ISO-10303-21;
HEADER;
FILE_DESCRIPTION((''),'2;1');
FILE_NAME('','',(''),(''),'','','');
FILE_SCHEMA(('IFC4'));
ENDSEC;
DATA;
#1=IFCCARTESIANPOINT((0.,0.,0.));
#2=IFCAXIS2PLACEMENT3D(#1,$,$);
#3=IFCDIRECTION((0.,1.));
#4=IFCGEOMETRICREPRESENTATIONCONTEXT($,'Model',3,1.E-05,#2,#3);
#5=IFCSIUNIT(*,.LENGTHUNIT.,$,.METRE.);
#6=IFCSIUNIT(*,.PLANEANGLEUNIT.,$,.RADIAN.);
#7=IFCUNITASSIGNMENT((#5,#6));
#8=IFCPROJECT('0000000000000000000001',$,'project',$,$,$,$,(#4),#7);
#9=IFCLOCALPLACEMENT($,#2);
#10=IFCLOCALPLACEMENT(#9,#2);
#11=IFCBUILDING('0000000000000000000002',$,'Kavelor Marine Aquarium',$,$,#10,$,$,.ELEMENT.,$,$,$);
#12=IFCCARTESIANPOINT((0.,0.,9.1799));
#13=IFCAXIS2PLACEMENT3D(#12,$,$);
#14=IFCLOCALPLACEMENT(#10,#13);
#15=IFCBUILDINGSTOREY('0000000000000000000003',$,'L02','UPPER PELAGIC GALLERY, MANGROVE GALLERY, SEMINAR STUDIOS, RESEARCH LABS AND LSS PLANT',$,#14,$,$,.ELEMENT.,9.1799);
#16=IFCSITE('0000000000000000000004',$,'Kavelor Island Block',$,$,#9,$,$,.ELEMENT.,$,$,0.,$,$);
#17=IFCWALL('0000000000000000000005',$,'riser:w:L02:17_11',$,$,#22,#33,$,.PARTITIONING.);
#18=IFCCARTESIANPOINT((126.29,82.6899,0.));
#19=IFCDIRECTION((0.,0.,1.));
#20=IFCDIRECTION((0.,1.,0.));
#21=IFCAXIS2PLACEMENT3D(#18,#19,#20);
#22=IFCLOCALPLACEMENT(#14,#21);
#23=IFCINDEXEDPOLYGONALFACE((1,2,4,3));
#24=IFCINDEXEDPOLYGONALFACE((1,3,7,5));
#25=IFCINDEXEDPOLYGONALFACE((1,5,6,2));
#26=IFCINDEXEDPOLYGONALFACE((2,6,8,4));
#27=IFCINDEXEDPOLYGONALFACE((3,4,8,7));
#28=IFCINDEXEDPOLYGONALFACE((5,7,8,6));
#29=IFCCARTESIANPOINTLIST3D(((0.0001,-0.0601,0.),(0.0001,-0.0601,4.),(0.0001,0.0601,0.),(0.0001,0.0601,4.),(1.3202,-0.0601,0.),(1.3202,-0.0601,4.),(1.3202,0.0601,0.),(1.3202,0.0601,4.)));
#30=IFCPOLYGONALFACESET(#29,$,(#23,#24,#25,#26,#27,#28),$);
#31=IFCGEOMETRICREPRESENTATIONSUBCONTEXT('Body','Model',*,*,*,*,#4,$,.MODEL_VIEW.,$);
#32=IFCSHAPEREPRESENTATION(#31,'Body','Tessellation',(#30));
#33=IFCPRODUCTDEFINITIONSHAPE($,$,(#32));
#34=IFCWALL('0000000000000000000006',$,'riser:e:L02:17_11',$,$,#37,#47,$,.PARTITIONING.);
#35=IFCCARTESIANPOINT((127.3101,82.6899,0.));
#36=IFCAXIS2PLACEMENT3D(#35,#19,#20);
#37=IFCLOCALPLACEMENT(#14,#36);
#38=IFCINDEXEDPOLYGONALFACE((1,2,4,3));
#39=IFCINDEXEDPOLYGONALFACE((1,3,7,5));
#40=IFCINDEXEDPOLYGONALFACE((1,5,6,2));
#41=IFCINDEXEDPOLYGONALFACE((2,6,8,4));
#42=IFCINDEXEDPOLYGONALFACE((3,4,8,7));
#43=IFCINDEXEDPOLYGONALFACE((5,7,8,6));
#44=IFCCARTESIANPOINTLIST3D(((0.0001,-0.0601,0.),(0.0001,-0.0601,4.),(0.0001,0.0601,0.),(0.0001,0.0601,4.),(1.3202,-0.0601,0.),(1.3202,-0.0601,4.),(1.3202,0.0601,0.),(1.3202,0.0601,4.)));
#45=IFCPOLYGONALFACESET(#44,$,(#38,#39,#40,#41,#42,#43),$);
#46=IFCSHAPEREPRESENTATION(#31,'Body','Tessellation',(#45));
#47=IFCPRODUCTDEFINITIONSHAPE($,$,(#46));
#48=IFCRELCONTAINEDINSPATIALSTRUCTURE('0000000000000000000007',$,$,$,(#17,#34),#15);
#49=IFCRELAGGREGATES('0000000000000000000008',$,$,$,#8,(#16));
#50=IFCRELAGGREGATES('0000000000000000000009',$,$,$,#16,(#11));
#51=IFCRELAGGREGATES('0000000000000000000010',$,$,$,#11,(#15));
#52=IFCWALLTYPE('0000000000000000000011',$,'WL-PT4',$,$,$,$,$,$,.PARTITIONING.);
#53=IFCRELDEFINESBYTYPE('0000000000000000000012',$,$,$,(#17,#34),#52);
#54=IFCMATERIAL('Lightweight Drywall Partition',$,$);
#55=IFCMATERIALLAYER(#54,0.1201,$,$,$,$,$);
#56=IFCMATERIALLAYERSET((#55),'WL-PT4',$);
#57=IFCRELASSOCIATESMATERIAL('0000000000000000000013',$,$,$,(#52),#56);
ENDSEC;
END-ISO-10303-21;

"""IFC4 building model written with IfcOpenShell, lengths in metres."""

from ifc_helpers import new_model, si_unit, direction, frame, frame_2d, origin, place, context, subcontext, project, spatial, rectangle, extrude, material, layer, layer_set, type_object, element, save


model = new_model("IFC4")

# Units and contexts
model_context = context("Model", 3, precision=1e-05, world=origin(), true_north=direction((0.0, 1.0)))
body_context = subcontext(model_context, "Body", "Model", "MODEL_VIEW")
ifc_project = project(units=[si_unit("LENGTHUNIT", "METRE"), si_unit("PLANEANGLEUNIT", "RADIAN")], contexts=[model_context])

# Site, building, storey
site_placement = place(None, origin())
site = spatial("IfcSite", under=ifc_project, at=site_placement, Name="Kavelor Island Block", CompositionType="ELEMENT", RefElevation=0.0)
building_placement = place(site_placement, origin())
building = spatial("IfcBuilding", under=site, at=building_placement, Name="Kavelor Marine Aquarium", CompositionType="ELEMENT")
storey_placement = place(building_placement, frame((0.0, 0.0, 9.1799)))
storey = spatial("IfcBuildingStorey", under=building, at=storey_placement, Name="L02", Description="UPPER PELAGIC GALLERY, MANGROVE GALLERY, SEMINAR STUDIOS, RESEARCH LABS AND LSS PLANT", CompositionType="ELEMENT", Elevation=9.1799)

# Walls
ifc_material_1 = material(Name="Lightweight Drywall Partition")
ifc_layer_1 = layer(ifc_material_1, 0.1201)
ifc_layer_set_1 = layer_set([ifc_layer_1], Name="WL-PT4")
wall_type_1 = type_object("IfcWallType", Name="WL-PT4", PredefinedType="PARTITIONING", material=ifc_layer_set_1)
for number, where, z_axis, x_axis, name in (
    (1, (126.29, 82.6899, 0.0), (0.0, 0.0, 1.0), (0.0, 1.0, 0.0), "riser:w:L02:17_11"),
    (2, (127.3101, 82.6899, 0.0), (0.0, 0.0, 1.0), (0.0, 1.0, 0.0), "riser:e:L02:17_11"),
):
    element("IfcWall", number, at=place(storey_placement, frame(where, z_axis=z_axis, x_axis=x_axis)), inside=storey, type_object=wall_type_1, Name=name, PredefinedType="PARTITIONING", context=body_context, shape_type="SweptSolid", body=[
        extrude(rectangle(XDim=1.3201, YDim=0.1201, at=frame_2d((0.6602, 0.0))), origin(), (0.0, 0.0, 1.0), 4.0),
    ])

save(model, "model.ifc")
